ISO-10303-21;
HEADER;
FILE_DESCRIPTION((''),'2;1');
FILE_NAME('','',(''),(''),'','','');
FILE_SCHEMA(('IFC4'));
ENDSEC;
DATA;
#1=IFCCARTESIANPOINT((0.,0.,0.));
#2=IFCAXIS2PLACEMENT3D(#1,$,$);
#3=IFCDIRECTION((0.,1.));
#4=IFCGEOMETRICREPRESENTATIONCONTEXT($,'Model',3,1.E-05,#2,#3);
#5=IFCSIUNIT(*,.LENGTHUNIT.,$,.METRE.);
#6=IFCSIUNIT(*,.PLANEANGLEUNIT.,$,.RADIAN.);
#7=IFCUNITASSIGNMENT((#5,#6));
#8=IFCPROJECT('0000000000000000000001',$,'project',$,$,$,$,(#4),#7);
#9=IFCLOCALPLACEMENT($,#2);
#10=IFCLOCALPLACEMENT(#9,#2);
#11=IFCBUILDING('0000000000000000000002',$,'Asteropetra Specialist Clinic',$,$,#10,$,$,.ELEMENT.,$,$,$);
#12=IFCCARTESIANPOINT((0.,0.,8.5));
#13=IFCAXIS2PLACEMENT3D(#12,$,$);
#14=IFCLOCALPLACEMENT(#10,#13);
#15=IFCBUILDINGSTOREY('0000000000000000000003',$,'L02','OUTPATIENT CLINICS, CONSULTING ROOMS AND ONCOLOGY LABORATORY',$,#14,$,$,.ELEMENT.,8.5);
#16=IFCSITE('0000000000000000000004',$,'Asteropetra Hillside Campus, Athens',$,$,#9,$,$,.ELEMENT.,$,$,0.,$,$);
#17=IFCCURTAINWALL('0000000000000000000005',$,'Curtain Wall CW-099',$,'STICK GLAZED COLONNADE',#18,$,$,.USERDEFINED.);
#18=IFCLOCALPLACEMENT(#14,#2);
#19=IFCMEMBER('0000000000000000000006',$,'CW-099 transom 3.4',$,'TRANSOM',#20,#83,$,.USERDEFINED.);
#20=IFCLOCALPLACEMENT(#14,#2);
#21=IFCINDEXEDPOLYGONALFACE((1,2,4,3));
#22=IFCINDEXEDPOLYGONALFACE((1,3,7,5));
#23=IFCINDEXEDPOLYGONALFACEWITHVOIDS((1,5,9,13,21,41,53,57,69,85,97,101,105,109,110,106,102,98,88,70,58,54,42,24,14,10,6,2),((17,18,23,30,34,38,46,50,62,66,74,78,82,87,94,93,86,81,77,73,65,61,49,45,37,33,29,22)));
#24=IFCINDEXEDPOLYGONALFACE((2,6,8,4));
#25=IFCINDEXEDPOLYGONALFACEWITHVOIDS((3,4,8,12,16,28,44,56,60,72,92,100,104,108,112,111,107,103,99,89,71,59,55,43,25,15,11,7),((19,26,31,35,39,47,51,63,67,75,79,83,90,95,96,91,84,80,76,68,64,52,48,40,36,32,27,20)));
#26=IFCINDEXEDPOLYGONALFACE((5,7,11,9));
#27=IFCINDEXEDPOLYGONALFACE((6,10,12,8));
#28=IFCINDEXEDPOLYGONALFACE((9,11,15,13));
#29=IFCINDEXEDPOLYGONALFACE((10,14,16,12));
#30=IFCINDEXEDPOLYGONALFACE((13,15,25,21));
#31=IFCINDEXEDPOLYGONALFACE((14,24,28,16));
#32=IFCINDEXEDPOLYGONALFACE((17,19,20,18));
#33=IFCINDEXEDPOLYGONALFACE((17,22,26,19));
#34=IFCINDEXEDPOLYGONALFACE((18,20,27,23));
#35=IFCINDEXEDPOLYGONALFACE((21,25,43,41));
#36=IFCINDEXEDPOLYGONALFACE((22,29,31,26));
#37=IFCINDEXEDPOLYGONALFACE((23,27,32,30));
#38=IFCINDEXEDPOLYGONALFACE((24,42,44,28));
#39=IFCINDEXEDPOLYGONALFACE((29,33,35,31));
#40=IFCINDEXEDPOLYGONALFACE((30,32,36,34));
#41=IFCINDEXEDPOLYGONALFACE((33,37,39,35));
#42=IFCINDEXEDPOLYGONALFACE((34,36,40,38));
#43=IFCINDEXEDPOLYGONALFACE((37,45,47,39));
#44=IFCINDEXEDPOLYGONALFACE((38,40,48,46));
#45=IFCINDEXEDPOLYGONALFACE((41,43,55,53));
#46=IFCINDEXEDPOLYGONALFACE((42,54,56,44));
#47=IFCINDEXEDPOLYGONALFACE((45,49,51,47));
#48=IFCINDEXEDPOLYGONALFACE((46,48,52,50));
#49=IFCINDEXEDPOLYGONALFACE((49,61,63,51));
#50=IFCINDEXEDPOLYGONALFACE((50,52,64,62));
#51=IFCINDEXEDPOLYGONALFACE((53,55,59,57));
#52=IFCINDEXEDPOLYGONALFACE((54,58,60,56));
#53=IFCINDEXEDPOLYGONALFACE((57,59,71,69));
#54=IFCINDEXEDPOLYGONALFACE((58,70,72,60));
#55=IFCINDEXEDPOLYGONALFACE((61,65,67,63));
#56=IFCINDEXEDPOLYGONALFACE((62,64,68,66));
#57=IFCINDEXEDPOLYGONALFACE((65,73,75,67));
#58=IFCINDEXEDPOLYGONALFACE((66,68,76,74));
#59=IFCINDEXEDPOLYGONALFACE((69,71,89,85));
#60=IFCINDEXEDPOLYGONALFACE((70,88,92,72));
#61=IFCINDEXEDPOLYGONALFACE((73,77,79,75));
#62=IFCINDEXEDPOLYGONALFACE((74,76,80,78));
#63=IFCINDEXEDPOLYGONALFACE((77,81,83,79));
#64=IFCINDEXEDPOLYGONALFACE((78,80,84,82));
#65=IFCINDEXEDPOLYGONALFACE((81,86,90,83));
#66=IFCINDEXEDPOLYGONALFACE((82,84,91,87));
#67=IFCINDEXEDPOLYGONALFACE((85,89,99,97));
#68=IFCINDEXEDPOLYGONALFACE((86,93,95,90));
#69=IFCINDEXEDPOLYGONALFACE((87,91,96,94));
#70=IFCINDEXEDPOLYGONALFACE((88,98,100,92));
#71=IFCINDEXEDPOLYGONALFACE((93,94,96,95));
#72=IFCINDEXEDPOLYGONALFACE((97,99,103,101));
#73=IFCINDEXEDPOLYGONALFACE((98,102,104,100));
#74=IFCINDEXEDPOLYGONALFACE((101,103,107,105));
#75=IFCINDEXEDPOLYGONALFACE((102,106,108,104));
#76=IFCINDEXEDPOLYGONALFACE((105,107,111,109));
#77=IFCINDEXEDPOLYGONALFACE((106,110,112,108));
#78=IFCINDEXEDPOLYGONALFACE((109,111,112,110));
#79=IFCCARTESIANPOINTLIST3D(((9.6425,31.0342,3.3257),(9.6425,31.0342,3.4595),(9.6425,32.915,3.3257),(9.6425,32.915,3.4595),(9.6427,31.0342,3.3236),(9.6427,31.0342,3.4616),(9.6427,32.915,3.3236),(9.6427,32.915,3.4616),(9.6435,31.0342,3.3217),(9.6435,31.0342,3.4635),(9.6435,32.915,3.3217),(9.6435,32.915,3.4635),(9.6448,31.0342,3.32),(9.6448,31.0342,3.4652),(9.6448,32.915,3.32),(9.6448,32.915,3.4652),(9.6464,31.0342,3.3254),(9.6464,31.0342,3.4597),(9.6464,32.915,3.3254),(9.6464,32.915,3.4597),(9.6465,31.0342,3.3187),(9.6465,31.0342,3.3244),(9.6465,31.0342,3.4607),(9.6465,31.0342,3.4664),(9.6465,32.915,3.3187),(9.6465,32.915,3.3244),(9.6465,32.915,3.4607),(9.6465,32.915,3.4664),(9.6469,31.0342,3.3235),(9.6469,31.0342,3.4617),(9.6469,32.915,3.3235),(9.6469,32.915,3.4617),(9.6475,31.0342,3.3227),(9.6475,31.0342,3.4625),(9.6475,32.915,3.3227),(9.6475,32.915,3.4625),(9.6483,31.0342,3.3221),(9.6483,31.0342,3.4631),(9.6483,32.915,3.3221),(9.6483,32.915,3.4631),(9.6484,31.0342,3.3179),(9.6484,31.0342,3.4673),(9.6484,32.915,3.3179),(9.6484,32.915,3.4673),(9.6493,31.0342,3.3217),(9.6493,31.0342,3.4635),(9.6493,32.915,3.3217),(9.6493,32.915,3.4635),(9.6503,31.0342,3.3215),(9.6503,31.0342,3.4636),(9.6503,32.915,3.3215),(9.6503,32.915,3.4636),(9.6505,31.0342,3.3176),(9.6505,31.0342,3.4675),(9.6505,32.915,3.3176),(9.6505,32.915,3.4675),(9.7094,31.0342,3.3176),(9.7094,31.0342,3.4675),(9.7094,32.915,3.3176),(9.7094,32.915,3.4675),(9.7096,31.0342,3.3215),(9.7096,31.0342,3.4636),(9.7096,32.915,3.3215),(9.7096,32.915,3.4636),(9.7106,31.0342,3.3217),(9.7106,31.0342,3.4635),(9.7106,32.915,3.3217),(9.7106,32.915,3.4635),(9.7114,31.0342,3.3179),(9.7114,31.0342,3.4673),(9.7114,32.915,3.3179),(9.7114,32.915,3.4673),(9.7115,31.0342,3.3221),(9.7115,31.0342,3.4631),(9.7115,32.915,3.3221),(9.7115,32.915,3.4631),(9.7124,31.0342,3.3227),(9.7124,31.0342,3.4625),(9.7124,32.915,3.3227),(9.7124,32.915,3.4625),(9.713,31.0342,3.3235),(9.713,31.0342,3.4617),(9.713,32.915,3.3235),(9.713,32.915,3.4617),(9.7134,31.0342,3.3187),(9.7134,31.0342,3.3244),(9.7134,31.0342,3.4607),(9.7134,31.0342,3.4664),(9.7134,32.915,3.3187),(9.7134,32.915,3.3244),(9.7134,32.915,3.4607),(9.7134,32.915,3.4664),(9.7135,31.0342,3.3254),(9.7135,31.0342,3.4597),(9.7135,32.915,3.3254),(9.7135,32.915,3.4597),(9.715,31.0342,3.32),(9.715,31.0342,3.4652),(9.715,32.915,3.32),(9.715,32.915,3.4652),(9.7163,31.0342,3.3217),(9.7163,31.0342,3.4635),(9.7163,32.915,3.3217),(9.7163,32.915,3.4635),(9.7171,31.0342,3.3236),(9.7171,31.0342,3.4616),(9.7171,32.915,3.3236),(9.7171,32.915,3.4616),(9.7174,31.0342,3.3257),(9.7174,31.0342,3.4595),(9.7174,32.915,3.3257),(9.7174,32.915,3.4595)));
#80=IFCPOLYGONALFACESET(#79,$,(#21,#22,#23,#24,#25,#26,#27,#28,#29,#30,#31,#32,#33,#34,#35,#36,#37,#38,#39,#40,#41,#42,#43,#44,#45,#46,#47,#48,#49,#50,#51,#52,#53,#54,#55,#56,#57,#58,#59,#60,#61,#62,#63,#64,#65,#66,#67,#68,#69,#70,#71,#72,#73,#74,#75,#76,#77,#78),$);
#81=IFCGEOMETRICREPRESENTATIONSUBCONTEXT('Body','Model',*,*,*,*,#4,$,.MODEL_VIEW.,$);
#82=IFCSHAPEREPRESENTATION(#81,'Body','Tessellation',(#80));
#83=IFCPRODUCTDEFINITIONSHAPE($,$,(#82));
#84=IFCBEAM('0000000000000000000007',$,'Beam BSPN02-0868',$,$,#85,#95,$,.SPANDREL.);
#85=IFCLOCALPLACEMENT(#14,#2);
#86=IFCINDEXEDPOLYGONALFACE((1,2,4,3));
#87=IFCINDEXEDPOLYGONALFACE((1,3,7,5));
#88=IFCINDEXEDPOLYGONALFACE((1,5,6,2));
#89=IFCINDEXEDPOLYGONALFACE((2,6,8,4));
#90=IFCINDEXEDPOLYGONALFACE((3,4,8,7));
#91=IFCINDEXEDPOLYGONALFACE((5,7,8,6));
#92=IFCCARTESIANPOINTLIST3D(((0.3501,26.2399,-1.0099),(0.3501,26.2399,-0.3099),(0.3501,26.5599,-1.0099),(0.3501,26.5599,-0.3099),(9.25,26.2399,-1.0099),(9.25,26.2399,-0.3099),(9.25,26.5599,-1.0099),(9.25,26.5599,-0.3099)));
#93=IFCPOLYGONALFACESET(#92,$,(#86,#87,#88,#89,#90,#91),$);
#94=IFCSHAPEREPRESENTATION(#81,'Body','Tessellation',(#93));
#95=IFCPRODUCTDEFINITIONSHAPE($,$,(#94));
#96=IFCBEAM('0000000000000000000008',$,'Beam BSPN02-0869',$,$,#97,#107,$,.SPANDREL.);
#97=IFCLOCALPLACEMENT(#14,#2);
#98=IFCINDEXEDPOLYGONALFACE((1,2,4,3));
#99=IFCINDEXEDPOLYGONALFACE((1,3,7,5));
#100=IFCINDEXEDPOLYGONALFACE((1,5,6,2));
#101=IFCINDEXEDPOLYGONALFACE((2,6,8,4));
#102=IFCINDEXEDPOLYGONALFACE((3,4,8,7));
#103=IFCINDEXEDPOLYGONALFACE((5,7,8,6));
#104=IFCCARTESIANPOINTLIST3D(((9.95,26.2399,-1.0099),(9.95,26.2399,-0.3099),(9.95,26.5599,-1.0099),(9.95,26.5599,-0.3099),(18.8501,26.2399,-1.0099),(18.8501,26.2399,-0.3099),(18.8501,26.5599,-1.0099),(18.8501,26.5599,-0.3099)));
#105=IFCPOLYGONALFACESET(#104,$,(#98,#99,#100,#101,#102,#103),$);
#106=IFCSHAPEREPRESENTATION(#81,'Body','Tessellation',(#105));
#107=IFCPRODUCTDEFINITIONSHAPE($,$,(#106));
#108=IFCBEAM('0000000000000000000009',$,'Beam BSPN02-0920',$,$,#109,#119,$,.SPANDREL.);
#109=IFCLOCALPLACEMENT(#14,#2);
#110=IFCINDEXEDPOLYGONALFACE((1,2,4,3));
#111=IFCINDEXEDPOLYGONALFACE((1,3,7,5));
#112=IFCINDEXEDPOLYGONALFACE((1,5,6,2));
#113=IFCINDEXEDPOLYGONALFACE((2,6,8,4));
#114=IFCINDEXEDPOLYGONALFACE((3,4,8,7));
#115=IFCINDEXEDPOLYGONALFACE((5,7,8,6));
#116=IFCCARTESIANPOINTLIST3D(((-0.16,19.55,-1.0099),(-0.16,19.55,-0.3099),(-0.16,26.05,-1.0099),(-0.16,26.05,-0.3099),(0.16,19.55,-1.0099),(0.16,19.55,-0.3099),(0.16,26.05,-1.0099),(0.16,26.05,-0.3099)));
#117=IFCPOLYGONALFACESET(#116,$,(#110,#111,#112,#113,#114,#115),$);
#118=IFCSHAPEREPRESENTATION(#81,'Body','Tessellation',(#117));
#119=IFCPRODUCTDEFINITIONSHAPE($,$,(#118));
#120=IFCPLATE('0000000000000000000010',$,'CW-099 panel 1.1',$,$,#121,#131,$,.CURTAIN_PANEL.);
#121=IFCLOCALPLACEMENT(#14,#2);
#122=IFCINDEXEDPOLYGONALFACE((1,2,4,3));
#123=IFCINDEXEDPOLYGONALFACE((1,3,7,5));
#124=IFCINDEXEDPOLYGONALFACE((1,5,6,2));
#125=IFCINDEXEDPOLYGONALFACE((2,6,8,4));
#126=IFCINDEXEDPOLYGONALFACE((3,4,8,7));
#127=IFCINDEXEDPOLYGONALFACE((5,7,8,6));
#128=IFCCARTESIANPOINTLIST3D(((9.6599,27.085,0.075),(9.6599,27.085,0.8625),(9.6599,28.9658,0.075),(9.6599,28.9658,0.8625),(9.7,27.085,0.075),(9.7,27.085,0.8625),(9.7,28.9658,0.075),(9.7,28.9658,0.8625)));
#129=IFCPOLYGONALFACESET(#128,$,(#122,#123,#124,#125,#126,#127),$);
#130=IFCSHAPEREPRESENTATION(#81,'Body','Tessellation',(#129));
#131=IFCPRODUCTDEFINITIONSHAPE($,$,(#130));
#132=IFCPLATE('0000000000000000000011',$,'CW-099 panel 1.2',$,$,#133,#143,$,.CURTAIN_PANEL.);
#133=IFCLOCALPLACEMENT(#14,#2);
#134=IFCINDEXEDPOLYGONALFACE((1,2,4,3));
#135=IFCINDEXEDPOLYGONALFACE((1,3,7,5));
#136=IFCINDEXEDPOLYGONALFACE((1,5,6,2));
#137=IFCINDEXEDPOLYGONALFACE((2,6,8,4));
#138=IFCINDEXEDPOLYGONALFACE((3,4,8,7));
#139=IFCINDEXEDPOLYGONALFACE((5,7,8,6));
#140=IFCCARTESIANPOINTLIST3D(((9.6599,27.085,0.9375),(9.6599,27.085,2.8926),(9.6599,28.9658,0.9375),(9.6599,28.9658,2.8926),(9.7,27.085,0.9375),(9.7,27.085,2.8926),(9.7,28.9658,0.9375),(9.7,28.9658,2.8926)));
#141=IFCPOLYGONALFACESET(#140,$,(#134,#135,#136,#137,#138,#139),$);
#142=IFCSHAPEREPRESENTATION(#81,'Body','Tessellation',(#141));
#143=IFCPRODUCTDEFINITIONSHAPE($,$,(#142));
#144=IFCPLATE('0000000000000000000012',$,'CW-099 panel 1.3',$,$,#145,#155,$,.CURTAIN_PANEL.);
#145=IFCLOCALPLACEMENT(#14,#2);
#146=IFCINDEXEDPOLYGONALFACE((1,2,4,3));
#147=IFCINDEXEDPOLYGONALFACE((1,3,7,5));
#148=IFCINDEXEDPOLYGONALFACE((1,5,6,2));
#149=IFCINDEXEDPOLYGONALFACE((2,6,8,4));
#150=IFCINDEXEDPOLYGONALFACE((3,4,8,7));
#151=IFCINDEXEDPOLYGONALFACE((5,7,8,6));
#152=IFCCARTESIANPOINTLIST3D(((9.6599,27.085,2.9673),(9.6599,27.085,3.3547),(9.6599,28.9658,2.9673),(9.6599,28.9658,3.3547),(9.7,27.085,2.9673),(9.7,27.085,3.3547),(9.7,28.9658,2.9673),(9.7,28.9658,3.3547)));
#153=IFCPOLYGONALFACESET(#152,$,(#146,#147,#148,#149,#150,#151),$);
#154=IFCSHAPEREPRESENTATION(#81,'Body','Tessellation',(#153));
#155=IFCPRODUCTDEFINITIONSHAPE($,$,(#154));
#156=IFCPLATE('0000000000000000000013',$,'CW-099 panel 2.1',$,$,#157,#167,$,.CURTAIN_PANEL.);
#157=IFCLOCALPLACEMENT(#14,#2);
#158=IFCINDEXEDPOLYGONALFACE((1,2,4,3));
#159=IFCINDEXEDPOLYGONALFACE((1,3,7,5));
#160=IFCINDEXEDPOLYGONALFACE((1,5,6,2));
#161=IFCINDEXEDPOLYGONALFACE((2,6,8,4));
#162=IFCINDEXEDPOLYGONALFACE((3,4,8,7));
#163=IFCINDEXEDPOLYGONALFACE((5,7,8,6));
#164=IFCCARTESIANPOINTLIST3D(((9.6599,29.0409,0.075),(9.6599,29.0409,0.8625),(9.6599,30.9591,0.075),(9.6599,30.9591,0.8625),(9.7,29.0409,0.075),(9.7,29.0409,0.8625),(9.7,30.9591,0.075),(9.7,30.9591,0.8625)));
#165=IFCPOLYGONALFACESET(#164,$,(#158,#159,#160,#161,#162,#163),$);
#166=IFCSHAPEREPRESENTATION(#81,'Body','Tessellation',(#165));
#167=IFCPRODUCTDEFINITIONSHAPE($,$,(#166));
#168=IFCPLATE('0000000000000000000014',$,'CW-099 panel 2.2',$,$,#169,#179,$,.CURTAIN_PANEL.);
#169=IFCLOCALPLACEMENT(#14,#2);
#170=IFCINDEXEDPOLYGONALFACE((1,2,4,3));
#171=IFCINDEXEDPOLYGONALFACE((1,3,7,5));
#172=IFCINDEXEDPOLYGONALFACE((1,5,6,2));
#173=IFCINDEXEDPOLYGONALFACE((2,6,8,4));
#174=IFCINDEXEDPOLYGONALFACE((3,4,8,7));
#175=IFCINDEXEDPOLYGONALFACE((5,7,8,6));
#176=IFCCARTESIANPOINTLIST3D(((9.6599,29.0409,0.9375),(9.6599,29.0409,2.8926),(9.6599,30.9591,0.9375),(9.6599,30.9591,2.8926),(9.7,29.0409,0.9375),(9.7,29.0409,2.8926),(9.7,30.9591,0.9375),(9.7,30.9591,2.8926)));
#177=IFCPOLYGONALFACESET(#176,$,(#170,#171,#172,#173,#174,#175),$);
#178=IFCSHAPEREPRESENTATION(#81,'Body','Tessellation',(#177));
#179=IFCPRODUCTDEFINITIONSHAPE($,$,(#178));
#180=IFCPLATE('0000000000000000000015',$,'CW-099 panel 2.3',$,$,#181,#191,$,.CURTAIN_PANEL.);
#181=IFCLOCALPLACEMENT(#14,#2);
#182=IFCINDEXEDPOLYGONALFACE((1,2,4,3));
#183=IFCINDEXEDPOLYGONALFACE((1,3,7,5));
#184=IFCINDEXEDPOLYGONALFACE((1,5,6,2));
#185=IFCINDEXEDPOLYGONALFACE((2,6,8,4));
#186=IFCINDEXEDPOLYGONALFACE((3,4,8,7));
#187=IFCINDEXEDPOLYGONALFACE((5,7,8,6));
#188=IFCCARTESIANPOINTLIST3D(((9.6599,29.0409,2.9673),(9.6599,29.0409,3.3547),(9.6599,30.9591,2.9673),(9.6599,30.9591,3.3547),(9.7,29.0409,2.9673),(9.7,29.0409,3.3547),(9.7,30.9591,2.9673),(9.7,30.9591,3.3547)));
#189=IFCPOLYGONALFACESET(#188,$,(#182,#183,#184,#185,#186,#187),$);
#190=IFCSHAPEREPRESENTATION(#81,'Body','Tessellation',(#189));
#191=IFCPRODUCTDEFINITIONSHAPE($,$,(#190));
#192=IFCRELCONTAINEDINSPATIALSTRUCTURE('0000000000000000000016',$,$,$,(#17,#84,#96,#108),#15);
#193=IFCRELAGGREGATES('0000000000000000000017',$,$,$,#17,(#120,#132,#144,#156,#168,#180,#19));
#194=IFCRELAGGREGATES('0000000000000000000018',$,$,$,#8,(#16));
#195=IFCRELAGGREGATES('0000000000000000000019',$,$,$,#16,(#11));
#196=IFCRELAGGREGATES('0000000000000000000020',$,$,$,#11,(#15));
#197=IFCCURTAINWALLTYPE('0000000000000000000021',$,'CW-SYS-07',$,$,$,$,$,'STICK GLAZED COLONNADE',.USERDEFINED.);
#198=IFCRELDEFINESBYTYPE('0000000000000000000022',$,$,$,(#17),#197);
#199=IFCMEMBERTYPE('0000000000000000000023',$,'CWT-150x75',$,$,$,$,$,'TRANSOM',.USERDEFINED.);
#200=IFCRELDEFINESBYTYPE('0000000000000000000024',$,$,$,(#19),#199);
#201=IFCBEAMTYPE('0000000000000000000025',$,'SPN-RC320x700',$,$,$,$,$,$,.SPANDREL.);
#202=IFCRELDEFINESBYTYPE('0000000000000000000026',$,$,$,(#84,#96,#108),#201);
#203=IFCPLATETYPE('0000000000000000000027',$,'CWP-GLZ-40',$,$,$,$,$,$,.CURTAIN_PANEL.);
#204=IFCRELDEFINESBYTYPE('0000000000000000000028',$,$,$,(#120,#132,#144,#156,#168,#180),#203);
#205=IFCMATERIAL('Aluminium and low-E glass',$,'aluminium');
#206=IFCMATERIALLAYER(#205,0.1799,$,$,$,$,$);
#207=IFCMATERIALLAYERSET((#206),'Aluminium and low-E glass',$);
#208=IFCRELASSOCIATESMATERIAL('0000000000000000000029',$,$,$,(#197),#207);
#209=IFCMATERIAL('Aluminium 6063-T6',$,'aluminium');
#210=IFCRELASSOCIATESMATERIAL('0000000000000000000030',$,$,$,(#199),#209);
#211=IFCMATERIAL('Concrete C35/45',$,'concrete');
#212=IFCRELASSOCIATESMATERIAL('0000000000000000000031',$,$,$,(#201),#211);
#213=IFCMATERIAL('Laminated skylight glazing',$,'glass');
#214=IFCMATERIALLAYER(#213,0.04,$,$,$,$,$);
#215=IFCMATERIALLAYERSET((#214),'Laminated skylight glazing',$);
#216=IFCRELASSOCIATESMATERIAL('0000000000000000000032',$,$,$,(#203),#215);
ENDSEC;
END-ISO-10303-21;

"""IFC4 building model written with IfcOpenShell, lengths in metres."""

from ifc_helpers import new_model, si_unit, direction, frame, origin, origin_2d, place, context, subcontext, project, spatial, rectangle, hollow_rectangle, extrude, material, layer, layer_set, material_profile, profile_set, type_object, element, aggregate, save


model = new_model("IFC4")

# Units and contexts
model_context = context("Model", 3, precision=1e-05, world=origin(), true_north=direction((0.0, 1.0)))
body_context = subcontext(model_context, "Body", "Model", "MODEL_VIEW")
ifc_project = project(units=[si_unit("LENGTHUNIT", "METRE"), si_unit("PLANEANGLEUNIT", "RADIAN")], contexts=[model_context])

# Site, building, storey
site_placement = place(None, origin())
site = spatial("IfcSite", under=ifc_project, at=site_placement, Name="Asteropetra Hillside Campus, Athens", CompositionType="ELEMENT", RefElevation=0.0)
building_placement = place(site_placement, origin())
building = spatial("IfcBuilding", under=site, at=building_placement, Name="Asteropetra Specialist Clinic", CompositionType="ELEMENT")
storey_placement = place(building_placement, frame((0.0, 0.0, 8.5)))
storey = spatial("IfcBuildingStorey", under=building, at=storey_placement, Name="L02", Description="OUTPATIENT CLINICS, CONSULTING ROOMS AND ONCOLOGY LABORATORY", CompositionType="ELEMENT", Elevation=8.5)

# Curtain wall, member
ifc_material_1 = material(Name="Aluminium and low-E glass", Category="aluminium")
ifc_layer_1 = layer(ifc_material_1, 0.1799)
ifc_layer_set_1 = layer_set([ifc_layer_1], Name="Aluminium and low-E glass")
curtain_wall_type = type_object("IfcCurtainWallType", Name="CW-SYS-07", ElementType="STICK GLAZED COLONNADE", PredefinedType="USERDEFINED", material=ifc_layer_set_1)
curtain_wall_placement = place(storey_placement, origin())
curtain_wall = element("IfcCurtainWall", 1, at=curtain_wall_placement, inside=storey, type_object=curtain_wall_type, Name="Curtain Wall CW-099", ObjectType="STICK GLAZED COLONNADE", PredefinedType="USERDEFINED")
ifc_material_2 = material(Name="Aluminium 6063-T6", Category="aluminium")
ifc_material_profile_1 = material_profile(ifc_material_2, hollow_rectangle(XDim=0.075, YDim=0.1499, WallThickness=0.0039, InnerFilletRadius=0.0039, OuterFilletRadius=0.0081, at=origin_2d()), Name="TRN 150x75x4.0")
ifc_profile_set_1 = profile_set([ifc_material_profile_1], Name="Aluminium 6063-T6")
member_type_1 = type_object("IfcMemberType", Name="CWT-150x75", ElementType="TRANSOM", PredefinedType="USERDEFINED", material=ifc_profile_set_1)
member_1_placement = place(storey_placement, frame((9.6799, 31.0342, 3.3926), z_axis=(0.0, 1.0, 0.0), x_axis=(-1.0, 0.0, 0.0)))
member_1 = element("IfcMember", 2, at=member_1_placement, type_object=member_type_1, Name="CW-099 transom 3.4", ObjectType="TRANSOM", PredefinedType="USERDEFINED", context=body_context, shape_type="SweptSolid", body=[
    extrude(hollow_rectangle(XDim=0.075, YDim=0.1499, WallThickness=0.0039, InnerFilletRadius=0.0039, OuterFilletRadius=0.0081, at=origin_2d()), origin(), (0.0, 0.0, 1.0), 1.8809),
])

# Beams
ifc_material_3 = material(Name="Concrete C35/45", Category="concrete")
ifc_material_profile_2 = material_profile(ifc_material_3, rectangle(XDim=0.3201, YDim=0.7, at=origin_2d()), Name="RCS 320x700")
ifc_profile_set_2 = profile_set([ifc_material_profile_2], Name="Concrete C35/45")
beam_type_1 = type_object("IfcBeamType", Name="SPN-RC320x700", PredefinedType="SPANDREL", material=ifc_profile_set_2)
beam_1_placement = place(storey_placement, frame((0.3501, 26.3999, -0.6599), z_axis=(1.0, 0.0, 0.0), x_axis=(0.0, 1.0, 0.0)))
element("IfcBeam", 3, at=beam_1_placement, inside=storey, type_object=beam_type_1, Name="Beam BSPN02-0868", PredefinedType="SPANDREL", context=body_context, shape_type="SweptSolid", body=[
    extrude(rectangle(XDim=0.3201, YDim=0.7, at=origin_2d()), origin(), (0.0, 0.0, 1.0), 8.8999),
])
beam_2_placement = place(storey_placement, frame((9.95, 26.3999, -0.6599), z_axis=(1.0, 0.0, 0.0), x_axis=(0.0, 1.0, 0.0)))
element("IfcBeam", 4, at=beam_2_placement, inside=storey, type_object=beam_type_1, Name="Beam BSPN02-0869", PredefinedType="SPANDREL", context=body_context, shape_type="SweptSolid", body=[
    extrude(rectangle(XDim=0.3201, YDim=0.7, at=origin_2d()), origin(), (0.0, 0.0, 1.0), 8.9001),
])
beam_3_placement = place(storey_placement, frame((0.0, 19.55, -0.6599), z_axis=(0.0, 1.0, 0.0), x_axis=(-1.0, 0.0, 0.0)))
element("IfcBeam", 5, at=beam_3_placement, inside=storey, type_object=beam_type_1, Name="Beam BSPN02-0920", PredefinedType="SPANDREL", context=body_context, shape_type="SweptSolid", body=[
    extrude(rectangle(XDim=0.3201, YDim=0.7, at=origin_2d()), origin(), (0.0, 0.0, 1.0), 6.5),
])

# Plates
ifc_material_4 = material(Name="Laminated skylight glazing", Category="glass")
ifc_layer_2 = layer(ifc_material_4, 0.04)
ifc_layer_set_2 = layer_set([ifc_layer_2], Name="Laminated skylight glazing")
plate_type = type_object("IfcPlateType", Name="CWP-GLZ-40", PredefinedType="CURTAIN_PANEL", material=ifc_layer_set_2)
plate_1_placement = place(storey_placement, frame((9.6799, 28.0254, 0.075), z_axis=(0.0, 0.0, 1.0), x_axis=(0.0, 1.0, 0.0)))
plate_1 = element("IfcPlate", 6, at=plate_1_placement, type_object=plate_type, Name="CW-099 panel 1.1", PredefinedType="CURTAIN_PANEL", context=body_context, shape_type="SweptSolid", body=[
    extrude(rectangle(XDim=1.8809, YDim=0.04, at=origin_2d()), origin(), (0.0, 0.0, 1.0), 0.7876),
])
plate_2_placement = place(storey_placement, frame((9.6799, 28.0254, 0.9375), z_axis=(0.0, 0.0, 1.0), x_axis=(0.0, 1.0, 0.0)))
plate_2 = element("IfcPlate", 7, at=plate_2_placement, type_object=plate_type, Name="CW-099 panel 1.2", PredefinedType="CURTAIN_PANEL", context=body_context, shape_type="SweptSolid", body=[
    extrude(rectangle(XDim=1.8809, YDim=0.04, at=origin_2d()), origin(), (0.0, 0.0, 1.0), 1.9551),
])
plate_3_placement = place(storey_placement, frame((9.6799, 28.0254, 2.9673), z_axis=(0.0, 0.0, 1.0), x_axis=(0.0, 1.0, 0.0)))
plate_3 = element("IfcPlate", 8, at=plate_3_placement, type_object=plate_type, Name="CW-099 panel 1.3", PredefinedType="CURTAIN_PANEL", context=body_context, shape_type="SweptSolid", body=[
    extrude(rectangle(XDim=1.8809, YDim=0.04, at=origin_2d()), origin(), (0.0, 0.0, 1.0), 0.3875),
])
plate_4_placement = place(storey_placement, frame((9.6799, 30.0, 0.075), z_axis=(0.0, 0.0, 1.0), x_axis=(0.0, 1.0, 0.0)))
plate_4 = element("IfcPlate", 9, at=plate_4_placement, type_object=plate_type, Name="CW-099 panel 2.1", PredefinedType="CURTAIN_PANEL", context=body_context, shape_type="SweptSolid", body=[
    extrude(rectangle(XDim=1.9182, YDim=0.04, at=origin_2d()), origin(), (0.0, 0.0, 1.0), 0.7876),
])
plate_5_placement = place(storey_placement, frame((9.6799, 30.0, 0.9375), z_axis=(0.0, 0.0, 1.0), x_axis=(0.0, 1.0, 0.0)))
plate_5 = element("IfcPlate", 10, at=plate_5_placement, type_object=plate_type, Name="CW-099 panel 2.2", PredefinedType="CURTAIN_PANEL", context=body_context, shape_type="SweptSolid", body=[
    extrude(rectangle(XDim=1.9182, YDim=0.04, at=origin_2d()), origin(), (0.0, 0.0, 1.0), 1.9551),
])
plate_6_placement = place(storey_placement, frame((9.6799, 30.0, 2.9673), z_axis=(0.0, 0.0, 1.0), x_axis=(0.0, 1.0, 0.0)))
plate_6 = element("IfcPlate", 11, at=plate_6_placement, type_object=plate_type, Name="CW-099 panel 2.3", PredefinedType="CURTAIN_PANEL", context=body_context, shape_type="SweptSolid", body=[
    extrude(rectangle(XDim=1.9182, YDim=0.04, at=origin_2d()), origin(), (0.0, 0.0, 1.0), 0.3875),
])
aggregate(curtain_wall, [plate_1, plate_2, plate_3, plate_4, plate_5, plate_6, member_1])

save(model, "model.ifc")
